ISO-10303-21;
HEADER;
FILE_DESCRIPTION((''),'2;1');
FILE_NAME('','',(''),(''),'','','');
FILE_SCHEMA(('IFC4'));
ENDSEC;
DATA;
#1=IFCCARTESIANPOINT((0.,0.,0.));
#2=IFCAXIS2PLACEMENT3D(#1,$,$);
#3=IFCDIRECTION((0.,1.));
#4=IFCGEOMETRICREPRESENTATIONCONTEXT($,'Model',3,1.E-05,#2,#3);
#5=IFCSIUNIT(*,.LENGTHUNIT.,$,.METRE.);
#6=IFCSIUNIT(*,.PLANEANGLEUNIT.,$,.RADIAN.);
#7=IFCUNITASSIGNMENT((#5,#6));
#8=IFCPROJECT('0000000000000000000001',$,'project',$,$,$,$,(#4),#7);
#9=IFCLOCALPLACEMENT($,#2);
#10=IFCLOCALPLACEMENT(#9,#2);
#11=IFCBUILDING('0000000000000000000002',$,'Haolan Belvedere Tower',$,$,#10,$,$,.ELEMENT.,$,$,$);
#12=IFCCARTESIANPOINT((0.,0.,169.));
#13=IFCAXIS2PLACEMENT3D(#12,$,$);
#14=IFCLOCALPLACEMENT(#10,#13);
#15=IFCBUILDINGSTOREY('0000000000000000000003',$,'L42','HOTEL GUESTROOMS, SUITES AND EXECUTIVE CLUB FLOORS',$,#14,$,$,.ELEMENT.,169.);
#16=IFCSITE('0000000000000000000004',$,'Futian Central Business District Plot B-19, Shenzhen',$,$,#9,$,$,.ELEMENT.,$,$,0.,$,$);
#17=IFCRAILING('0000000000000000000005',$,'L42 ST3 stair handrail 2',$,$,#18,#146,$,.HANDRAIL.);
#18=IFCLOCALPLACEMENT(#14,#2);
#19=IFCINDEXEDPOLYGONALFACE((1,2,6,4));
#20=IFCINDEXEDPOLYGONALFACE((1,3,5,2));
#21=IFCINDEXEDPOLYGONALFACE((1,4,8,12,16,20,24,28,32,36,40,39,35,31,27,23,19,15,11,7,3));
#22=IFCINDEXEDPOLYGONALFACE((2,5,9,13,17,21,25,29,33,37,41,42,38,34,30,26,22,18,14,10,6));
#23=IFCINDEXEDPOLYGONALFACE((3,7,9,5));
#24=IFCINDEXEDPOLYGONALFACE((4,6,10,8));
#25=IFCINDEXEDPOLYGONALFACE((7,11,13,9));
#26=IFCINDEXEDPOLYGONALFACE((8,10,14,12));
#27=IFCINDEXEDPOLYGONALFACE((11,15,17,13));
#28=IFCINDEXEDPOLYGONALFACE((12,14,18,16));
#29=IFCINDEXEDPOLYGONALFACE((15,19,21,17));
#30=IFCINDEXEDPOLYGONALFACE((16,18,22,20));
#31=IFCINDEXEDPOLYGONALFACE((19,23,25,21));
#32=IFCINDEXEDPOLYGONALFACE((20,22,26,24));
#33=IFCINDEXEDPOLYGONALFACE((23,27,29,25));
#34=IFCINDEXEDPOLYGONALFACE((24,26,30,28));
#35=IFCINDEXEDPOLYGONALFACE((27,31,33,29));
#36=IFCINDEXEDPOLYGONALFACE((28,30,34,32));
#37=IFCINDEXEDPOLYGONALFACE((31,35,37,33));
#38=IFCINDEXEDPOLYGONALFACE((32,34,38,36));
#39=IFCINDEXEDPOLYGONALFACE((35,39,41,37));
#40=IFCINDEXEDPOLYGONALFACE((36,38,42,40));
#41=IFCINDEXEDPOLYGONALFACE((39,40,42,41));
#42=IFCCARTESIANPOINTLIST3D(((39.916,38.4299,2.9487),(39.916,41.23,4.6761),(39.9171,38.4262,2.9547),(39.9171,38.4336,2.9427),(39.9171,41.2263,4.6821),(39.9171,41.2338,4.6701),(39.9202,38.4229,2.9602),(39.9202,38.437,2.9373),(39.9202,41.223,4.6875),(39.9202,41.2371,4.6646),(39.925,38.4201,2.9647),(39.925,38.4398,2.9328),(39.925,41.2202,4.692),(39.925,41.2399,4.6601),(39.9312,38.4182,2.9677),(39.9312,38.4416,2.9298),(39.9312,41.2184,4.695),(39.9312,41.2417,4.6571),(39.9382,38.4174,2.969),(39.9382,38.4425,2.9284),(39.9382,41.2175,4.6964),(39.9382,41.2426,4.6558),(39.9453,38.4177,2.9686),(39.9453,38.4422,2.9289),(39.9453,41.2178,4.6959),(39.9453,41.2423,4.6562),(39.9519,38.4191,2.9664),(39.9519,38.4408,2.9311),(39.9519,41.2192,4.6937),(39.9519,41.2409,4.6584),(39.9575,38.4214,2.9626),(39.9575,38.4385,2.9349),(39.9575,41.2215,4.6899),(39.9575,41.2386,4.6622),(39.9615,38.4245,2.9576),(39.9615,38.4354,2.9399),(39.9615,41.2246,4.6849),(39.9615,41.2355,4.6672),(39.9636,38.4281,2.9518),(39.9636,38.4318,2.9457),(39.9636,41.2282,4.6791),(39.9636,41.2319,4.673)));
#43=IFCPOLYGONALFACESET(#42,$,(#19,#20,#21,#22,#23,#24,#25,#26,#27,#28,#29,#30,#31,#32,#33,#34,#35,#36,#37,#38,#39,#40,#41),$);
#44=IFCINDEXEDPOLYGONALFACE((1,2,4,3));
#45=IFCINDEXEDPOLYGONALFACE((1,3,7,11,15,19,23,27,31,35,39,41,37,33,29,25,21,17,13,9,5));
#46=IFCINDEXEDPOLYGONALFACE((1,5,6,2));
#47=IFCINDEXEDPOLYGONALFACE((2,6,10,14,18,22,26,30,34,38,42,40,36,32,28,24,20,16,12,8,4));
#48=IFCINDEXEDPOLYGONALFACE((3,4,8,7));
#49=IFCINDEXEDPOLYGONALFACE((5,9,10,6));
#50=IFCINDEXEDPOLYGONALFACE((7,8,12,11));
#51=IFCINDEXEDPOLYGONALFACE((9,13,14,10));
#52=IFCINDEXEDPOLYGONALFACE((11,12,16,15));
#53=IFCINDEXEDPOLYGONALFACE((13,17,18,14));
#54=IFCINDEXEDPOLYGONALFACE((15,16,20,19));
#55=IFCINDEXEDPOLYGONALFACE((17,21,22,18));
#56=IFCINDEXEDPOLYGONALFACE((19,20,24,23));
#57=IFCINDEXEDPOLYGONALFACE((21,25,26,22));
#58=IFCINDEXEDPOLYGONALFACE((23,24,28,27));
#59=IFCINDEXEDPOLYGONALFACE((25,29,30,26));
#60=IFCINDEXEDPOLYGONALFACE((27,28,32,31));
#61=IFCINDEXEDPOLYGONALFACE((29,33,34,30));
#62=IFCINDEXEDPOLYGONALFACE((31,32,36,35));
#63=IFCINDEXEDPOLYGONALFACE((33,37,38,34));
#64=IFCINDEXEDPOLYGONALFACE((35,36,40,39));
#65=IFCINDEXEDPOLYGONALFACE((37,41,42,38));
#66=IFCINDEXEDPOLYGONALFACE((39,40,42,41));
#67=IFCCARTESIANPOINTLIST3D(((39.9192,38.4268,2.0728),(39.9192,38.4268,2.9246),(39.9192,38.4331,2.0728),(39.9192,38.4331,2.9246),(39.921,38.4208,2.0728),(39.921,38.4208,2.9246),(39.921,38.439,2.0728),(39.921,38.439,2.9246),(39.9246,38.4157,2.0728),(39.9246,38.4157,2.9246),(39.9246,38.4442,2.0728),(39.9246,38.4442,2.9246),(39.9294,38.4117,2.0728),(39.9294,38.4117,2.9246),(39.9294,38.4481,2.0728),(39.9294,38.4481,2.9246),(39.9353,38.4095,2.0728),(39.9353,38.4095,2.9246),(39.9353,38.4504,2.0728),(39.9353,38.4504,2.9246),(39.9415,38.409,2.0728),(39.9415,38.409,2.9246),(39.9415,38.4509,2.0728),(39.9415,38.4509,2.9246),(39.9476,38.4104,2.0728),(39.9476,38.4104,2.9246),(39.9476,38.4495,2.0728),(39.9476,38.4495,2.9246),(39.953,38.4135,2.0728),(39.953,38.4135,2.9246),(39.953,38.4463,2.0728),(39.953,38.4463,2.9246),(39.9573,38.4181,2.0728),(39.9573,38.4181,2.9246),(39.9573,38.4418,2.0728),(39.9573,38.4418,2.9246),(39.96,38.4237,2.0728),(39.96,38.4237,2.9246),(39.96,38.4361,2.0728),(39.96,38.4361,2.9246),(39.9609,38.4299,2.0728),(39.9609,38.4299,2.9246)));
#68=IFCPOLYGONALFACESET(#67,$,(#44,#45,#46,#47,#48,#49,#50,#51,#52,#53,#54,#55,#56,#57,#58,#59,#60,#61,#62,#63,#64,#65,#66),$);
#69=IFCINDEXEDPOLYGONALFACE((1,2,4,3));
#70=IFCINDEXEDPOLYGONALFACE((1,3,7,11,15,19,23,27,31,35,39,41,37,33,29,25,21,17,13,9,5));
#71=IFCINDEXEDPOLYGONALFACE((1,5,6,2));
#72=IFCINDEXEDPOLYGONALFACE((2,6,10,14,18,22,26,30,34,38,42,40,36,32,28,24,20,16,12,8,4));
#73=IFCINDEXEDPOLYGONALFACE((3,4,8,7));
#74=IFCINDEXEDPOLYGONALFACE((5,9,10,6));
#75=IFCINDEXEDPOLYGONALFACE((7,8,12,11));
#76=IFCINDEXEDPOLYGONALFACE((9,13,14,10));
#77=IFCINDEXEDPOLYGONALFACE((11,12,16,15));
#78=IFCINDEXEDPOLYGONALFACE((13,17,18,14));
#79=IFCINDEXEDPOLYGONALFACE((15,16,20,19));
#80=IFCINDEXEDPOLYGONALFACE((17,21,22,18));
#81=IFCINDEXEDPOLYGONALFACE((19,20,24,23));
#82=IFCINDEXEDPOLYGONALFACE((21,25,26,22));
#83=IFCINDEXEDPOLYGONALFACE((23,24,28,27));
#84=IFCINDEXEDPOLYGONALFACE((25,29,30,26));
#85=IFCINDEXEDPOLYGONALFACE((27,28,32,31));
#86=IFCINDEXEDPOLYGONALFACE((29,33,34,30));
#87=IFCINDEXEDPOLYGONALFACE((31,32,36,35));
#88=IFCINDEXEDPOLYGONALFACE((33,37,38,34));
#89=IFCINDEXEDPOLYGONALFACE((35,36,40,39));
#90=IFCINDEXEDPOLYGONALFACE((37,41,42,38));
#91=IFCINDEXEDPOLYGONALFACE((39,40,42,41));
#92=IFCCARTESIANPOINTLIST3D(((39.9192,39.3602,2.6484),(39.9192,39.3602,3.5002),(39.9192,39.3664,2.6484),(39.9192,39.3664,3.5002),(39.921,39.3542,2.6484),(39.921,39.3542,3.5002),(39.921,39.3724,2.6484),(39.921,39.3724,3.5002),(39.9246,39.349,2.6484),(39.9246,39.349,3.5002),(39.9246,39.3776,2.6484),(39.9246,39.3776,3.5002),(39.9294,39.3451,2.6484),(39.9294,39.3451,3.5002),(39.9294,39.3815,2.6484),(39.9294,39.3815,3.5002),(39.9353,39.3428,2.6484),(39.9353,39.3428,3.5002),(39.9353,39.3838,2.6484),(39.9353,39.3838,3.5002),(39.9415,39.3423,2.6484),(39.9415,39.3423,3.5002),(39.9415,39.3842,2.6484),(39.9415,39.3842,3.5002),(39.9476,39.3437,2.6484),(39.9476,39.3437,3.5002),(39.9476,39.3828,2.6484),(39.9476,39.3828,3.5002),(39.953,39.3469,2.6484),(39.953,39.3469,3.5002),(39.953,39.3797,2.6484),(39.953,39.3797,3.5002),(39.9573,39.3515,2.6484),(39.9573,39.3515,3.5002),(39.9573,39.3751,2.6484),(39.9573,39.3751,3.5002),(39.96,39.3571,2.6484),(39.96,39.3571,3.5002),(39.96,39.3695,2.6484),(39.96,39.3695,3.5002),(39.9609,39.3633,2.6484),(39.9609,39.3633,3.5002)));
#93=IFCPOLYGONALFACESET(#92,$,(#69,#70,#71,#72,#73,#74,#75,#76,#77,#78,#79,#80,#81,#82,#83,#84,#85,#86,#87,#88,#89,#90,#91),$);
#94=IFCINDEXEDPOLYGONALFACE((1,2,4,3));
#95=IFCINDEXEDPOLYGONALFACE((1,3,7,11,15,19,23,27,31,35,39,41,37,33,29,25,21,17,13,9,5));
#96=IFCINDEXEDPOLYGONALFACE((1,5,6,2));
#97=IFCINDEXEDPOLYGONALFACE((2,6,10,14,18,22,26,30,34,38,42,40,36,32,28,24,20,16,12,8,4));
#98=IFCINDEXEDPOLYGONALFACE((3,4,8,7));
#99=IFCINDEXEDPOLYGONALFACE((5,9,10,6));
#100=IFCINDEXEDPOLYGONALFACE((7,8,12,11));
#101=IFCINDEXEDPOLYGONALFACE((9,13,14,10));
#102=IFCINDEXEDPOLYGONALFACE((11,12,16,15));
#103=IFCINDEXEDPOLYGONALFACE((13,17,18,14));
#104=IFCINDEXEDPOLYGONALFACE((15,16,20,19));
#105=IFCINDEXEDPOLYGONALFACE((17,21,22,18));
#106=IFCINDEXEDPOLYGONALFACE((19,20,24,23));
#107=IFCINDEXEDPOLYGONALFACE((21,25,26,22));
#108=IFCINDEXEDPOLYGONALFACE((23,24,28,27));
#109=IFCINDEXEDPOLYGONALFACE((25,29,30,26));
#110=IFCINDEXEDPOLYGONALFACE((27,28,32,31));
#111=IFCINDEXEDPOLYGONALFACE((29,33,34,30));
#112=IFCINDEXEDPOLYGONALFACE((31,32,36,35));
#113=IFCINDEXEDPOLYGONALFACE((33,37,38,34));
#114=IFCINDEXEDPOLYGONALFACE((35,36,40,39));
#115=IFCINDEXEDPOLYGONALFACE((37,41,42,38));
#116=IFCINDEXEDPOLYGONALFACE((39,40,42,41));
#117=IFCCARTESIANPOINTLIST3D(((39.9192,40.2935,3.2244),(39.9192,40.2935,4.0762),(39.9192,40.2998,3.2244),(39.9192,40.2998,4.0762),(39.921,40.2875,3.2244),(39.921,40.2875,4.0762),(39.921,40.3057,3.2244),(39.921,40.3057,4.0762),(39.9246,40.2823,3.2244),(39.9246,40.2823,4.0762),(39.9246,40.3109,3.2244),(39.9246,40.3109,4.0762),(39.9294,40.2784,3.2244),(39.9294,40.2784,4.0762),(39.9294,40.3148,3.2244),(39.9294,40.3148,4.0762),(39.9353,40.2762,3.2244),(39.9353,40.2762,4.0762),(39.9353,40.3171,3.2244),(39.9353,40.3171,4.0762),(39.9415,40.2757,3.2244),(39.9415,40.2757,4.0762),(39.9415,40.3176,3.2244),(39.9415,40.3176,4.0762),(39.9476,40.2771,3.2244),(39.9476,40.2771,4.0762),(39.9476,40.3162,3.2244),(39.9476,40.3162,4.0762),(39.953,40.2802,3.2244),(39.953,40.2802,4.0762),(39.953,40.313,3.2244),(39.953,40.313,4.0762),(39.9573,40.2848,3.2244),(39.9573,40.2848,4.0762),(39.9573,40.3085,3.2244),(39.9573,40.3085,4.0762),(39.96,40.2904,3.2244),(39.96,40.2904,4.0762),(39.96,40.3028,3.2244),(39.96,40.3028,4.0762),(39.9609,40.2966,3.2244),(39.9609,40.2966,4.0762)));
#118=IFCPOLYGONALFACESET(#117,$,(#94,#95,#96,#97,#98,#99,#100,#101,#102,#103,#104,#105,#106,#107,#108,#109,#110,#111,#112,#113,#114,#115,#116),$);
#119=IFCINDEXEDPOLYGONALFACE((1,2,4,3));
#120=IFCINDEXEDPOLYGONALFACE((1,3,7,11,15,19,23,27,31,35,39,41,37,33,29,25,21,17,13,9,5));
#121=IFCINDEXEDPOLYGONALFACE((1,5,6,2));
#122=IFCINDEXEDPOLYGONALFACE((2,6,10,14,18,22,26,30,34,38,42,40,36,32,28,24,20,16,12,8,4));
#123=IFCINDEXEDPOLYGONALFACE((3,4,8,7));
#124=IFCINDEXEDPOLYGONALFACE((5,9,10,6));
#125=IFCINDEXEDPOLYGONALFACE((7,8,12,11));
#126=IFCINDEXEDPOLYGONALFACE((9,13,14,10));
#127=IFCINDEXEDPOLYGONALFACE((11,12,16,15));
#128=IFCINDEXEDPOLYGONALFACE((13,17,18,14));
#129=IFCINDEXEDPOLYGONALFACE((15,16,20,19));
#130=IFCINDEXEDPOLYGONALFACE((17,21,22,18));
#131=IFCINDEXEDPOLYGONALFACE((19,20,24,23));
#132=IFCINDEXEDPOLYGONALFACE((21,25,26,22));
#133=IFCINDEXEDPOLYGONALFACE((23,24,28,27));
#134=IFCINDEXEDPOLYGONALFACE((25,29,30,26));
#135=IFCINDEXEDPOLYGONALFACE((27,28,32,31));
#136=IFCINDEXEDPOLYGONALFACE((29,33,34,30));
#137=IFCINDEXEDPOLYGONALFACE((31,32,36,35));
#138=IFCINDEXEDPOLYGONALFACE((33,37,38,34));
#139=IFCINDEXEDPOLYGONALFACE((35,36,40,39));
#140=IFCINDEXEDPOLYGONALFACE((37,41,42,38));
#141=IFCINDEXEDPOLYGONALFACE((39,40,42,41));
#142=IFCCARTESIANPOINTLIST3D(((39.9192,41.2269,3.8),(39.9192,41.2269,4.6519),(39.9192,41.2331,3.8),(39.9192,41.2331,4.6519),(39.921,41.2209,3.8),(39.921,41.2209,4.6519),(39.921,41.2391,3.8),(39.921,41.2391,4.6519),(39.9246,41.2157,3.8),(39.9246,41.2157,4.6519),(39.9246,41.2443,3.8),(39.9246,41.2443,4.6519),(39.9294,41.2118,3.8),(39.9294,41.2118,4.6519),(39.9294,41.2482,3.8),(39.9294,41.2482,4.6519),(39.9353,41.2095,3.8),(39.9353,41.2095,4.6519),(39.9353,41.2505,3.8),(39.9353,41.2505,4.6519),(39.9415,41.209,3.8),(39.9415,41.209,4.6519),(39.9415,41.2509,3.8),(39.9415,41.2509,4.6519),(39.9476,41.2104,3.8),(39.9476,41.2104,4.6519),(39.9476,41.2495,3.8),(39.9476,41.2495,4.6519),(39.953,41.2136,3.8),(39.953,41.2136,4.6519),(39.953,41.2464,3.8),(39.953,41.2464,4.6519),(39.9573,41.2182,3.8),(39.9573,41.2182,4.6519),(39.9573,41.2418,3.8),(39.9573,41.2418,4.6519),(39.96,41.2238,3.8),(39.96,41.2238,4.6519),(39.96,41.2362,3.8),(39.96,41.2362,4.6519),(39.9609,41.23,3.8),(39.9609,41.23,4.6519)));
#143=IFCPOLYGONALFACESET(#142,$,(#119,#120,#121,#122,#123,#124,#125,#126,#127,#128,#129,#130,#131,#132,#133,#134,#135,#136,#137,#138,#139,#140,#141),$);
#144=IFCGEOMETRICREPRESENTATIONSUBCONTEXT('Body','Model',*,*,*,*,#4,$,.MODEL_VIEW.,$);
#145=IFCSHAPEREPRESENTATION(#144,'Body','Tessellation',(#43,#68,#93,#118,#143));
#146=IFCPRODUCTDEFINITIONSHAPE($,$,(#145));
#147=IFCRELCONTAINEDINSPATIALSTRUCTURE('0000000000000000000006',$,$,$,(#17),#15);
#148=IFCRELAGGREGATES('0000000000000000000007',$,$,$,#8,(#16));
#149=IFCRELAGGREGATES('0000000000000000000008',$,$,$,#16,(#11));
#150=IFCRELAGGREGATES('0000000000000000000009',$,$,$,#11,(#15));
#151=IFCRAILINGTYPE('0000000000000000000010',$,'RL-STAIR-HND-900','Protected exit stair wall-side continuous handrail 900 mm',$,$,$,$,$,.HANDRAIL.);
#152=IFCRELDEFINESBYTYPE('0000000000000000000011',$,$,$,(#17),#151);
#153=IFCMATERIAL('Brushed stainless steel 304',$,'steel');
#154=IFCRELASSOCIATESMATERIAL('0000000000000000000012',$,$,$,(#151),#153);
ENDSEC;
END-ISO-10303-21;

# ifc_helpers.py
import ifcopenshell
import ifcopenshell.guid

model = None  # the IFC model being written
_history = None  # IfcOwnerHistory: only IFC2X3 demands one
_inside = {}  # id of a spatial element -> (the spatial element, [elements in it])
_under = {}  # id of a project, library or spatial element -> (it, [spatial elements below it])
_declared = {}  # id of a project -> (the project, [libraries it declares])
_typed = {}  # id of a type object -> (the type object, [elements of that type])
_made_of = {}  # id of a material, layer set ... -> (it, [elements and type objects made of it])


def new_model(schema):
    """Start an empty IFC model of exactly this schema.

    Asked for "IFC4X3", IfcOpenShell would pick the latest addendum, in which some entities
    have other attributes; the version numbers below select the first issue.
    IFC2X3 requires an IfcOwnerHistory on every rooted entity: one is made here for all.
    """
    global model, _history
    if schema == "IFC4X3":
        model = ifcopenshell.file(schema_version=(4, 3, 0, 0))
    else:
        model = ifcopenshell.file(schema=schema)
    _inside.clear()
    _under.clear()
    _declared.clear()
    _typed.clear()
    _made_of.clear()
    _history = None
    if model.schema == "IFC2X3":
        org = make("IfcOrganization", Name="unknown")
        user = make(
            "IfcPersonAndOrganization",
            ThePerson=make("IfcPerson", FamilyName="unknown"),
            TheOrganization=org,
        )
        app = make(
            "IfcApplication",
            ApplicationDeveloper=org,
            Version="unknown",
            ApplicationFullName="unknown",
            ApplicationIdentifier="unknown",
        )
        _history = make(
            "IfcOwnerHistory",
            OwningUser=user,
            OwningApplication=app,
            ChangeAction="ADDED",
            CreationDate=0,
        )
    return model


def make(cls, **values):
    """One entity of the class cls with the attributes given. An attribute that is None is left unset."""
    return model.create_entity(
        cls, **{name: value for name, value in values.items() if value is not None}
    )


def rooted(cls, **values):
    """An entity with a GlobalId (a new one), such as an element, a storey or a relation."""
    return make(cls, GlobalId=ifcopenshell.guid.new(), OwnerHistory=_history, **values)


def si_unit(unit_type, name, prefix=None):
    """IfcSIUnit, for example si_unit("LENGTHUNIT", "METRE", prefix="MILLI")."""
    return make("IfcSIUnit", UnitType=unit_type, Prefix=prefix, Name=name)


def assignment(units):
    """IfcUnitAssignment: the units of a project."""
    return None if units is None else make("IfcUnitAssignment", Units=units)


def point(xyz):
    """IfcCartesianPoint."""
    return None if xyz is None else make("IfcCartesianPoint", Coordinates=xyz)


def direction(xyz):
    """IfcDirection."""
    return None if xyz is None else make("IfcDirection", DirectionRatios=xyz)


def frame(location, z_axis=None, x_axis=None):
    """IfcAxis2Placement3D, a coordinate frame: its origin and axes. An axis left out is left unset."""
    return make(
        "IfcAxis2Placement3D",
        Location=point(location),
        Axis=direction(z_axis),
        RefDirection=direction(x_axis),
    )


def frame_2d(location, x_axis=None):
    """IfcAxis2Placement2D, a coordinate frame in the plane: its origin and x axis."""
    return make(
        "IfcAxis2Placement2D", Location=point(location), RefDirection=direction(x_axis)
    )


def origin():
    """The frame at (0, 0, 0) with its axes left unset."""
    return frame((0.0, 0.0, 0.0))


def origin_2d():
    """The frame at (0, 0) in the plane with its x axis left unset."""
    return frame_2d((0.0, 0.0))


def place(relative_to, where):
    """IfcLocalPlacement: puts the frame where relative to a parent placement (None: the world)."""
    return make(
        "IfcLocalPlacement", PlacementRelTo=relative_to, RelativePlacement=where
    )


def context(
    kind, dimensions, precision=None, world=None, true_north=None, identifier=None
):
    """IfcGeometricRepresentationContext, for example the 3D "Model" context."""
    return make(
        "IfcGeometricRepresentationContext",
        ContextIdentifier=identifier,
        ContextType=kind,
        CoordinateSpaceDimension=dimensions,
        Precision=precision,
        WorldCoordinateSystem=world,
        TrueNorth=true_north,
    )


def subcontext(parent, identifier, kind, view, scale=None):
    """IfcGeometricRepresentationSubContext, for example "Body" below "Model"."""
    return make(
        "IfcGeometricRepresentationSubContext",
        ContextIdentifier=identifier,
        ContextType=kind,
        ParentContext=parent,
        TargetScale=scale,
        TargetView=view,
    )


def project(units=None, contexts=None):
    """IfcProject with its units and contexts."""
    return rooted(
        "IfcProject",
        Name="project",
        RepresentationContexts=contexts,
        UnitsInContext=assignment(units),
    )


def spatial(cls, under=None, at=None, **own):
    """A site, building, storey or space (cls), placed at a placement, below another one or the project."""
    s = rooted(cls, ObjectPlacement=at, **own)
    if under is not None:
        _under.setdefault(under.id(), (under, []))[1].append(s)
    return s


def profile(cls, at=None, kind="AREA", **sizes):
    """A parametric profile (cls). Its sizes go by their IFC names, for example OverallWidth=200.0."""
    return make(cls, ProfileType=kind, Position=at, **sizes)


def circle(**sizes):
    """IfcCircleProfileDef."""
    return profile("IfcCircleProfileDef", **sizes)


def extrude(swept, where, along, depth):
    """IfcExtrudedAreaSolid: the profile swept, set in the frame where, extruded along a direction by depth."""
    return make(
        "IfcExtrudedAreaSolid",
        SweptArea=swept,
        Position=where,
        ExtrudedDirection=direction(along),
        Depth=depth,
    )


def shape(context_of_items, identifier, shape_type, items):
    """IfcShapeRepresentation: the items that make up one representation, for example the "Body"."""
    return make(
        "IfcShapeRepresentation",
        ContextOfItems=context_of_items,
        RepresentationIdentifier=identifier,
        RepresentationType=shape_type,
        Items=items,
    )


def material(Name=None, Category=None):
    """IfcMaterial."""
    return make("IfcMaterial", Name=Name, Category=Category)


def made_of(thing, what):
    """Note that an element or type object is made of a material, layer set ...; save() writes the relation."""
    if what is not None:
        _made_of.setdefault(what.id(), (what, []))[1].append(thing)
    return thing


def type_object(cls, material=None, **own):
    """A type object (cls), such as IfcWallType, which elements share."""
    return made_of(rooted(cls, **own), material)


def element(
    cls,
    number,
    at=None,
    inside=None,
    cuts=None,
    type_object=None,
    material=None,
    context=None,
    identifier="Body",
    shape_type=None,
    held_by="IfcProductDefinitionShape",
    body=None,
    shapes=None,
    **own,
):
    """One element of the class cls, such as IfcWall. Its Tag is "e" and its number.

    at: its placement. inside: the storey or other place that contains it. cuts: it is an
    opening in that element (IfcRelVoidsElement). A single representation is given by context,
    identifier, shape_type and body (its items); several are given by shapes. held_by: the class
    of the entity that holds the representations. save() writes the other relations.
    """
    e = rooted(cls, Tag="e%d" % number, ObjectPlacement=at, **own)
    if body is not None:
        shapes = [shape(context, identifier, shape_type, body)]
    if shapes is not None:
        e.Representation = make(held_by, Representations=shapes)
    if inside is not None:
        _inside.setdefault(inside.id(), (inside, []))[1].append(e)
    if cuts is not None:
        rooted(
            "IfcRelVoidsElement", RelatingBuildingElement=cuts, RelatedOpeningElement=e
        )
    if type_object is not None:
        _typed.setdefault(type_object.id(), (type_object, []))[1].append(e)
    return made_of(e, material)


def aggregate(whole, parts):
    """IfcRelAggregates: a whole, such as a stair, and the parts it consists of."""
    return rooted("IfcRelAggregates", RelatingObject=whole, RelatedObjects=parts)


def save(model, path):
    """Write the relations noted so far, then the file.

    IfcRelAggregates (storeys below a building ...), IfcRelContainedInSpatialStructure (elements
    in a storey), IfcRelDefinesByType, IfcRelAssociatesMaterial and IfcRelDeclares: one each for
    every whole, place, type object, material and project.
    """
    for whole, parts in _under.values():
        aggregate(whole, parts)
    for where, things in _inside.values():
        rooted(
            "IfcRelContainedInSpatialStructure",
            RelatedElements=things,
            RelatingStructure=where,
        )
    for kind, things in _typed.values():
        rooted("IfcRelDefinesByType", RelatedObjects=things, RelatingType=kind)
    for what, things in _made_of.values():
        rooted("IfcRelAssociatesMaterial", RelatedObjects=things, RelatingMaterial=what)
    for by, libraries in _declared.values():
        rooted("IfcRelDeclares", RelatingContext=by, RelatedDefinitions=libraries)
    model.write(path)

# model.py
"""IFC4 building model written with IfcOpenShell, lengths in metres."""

from ifc_helpers import new_model, si_unit, direction, frame, origin, origin_2d, place, context, subcontext, project, spatial, circle, extrude, material, type_object, element, save


model = new_model("IFC4")

# Units and contexts
model_context = context("Model", 3, precision=1e-05, world=origin(), true_north=direction((0.0, 1.0)))
body_context = subcontext(model_context, "Body", "Model", "MODEL_VIEW")
ifc_project = project(units=[si_unit("LENGTHUNIT", "METRE"), si_unit("PLANEANGLEUNIT", "RADIAN")], contexts=[model_context])

# Site, building, storey
site_placement = place(None, origin())
site = spatial("IfcSite", under=ifc_project, at=site_placement, Name="Futian Central Business District Plot B-19, Shenzhen", CompositionType="ELEMENT", RefElevation=0.0)
building_placement = place(site_placement, origin())
building = spatial("IfcBuilding", under=site, at=building_placement, Name="Haolan Belvedere Tower", CompositionType="ELEMENT")
storey_placement = place(building_placement, frame((0.0, 0.0, 169.0)))
storey = spatial("IfcBuildingStorey", under=building, at=storey_placement, Name="L42", Description="HOTEL GUESTROOMS, SUITES AND EXECUTIVE CLUB FLOORS", CompositionType="ELEMENT", Elevation=169.0)

# Railing
ifc_material_1 = material(Name="Brushed stainless steel 304", Category="steel")
railing_type_1 = type_object("IfcRailingType", Name="RL-STAIR-HND-900", Description="Protected exit stair wall-side continuous handrail 900 mm", PredefinedType="HANDRAIL", material=ifc_material_1)
railing_1_placement = place(storey_placement, frame((39.9399, 38.4299, 2.0728)))
element("IfcRailing", 1, at=railing_1_placement, inside=storey, type_object=railing_type_1, Name="L42 ST3 stair handrail 2", PredefinedType="HANDRAIL", context=body_context, shape_type="SweptSolid", body=[
    extrude(circle(Radius=0.0239, at=origin_2d()), frame((0.0, 0.0, 0.876), z_axis=(0.0, 0.85109, 0.52502), x_axis=(-1.0, 0.0, 0.0)), (0.0, 0.0, 1.0), 3.29),
    extrude(circle(Radius=0.021, at=origin_2d()), origin(), (0.0, 0.0, 1.0), 0.8518),
    extrude(circle(Radius=0.021, at=origin_2d()), frame((0.0, 0.9333, 0.5757)), (0.0, 0.0, 1.0), 0.8518),
    extrude(circle(Radius=0.021, at=origin_2d()), frame((0.0, 1.8667, 1.1516)), (0.0, 0.0, 1.0), 0.8518),
    extrude(circle(Radius=0.021, at=origin_2d()), frame((0.0, 2.8, 1.7273)), (0.0, 0.0, 1.0), 0.8518),
])

save(model, "model.ifc")
